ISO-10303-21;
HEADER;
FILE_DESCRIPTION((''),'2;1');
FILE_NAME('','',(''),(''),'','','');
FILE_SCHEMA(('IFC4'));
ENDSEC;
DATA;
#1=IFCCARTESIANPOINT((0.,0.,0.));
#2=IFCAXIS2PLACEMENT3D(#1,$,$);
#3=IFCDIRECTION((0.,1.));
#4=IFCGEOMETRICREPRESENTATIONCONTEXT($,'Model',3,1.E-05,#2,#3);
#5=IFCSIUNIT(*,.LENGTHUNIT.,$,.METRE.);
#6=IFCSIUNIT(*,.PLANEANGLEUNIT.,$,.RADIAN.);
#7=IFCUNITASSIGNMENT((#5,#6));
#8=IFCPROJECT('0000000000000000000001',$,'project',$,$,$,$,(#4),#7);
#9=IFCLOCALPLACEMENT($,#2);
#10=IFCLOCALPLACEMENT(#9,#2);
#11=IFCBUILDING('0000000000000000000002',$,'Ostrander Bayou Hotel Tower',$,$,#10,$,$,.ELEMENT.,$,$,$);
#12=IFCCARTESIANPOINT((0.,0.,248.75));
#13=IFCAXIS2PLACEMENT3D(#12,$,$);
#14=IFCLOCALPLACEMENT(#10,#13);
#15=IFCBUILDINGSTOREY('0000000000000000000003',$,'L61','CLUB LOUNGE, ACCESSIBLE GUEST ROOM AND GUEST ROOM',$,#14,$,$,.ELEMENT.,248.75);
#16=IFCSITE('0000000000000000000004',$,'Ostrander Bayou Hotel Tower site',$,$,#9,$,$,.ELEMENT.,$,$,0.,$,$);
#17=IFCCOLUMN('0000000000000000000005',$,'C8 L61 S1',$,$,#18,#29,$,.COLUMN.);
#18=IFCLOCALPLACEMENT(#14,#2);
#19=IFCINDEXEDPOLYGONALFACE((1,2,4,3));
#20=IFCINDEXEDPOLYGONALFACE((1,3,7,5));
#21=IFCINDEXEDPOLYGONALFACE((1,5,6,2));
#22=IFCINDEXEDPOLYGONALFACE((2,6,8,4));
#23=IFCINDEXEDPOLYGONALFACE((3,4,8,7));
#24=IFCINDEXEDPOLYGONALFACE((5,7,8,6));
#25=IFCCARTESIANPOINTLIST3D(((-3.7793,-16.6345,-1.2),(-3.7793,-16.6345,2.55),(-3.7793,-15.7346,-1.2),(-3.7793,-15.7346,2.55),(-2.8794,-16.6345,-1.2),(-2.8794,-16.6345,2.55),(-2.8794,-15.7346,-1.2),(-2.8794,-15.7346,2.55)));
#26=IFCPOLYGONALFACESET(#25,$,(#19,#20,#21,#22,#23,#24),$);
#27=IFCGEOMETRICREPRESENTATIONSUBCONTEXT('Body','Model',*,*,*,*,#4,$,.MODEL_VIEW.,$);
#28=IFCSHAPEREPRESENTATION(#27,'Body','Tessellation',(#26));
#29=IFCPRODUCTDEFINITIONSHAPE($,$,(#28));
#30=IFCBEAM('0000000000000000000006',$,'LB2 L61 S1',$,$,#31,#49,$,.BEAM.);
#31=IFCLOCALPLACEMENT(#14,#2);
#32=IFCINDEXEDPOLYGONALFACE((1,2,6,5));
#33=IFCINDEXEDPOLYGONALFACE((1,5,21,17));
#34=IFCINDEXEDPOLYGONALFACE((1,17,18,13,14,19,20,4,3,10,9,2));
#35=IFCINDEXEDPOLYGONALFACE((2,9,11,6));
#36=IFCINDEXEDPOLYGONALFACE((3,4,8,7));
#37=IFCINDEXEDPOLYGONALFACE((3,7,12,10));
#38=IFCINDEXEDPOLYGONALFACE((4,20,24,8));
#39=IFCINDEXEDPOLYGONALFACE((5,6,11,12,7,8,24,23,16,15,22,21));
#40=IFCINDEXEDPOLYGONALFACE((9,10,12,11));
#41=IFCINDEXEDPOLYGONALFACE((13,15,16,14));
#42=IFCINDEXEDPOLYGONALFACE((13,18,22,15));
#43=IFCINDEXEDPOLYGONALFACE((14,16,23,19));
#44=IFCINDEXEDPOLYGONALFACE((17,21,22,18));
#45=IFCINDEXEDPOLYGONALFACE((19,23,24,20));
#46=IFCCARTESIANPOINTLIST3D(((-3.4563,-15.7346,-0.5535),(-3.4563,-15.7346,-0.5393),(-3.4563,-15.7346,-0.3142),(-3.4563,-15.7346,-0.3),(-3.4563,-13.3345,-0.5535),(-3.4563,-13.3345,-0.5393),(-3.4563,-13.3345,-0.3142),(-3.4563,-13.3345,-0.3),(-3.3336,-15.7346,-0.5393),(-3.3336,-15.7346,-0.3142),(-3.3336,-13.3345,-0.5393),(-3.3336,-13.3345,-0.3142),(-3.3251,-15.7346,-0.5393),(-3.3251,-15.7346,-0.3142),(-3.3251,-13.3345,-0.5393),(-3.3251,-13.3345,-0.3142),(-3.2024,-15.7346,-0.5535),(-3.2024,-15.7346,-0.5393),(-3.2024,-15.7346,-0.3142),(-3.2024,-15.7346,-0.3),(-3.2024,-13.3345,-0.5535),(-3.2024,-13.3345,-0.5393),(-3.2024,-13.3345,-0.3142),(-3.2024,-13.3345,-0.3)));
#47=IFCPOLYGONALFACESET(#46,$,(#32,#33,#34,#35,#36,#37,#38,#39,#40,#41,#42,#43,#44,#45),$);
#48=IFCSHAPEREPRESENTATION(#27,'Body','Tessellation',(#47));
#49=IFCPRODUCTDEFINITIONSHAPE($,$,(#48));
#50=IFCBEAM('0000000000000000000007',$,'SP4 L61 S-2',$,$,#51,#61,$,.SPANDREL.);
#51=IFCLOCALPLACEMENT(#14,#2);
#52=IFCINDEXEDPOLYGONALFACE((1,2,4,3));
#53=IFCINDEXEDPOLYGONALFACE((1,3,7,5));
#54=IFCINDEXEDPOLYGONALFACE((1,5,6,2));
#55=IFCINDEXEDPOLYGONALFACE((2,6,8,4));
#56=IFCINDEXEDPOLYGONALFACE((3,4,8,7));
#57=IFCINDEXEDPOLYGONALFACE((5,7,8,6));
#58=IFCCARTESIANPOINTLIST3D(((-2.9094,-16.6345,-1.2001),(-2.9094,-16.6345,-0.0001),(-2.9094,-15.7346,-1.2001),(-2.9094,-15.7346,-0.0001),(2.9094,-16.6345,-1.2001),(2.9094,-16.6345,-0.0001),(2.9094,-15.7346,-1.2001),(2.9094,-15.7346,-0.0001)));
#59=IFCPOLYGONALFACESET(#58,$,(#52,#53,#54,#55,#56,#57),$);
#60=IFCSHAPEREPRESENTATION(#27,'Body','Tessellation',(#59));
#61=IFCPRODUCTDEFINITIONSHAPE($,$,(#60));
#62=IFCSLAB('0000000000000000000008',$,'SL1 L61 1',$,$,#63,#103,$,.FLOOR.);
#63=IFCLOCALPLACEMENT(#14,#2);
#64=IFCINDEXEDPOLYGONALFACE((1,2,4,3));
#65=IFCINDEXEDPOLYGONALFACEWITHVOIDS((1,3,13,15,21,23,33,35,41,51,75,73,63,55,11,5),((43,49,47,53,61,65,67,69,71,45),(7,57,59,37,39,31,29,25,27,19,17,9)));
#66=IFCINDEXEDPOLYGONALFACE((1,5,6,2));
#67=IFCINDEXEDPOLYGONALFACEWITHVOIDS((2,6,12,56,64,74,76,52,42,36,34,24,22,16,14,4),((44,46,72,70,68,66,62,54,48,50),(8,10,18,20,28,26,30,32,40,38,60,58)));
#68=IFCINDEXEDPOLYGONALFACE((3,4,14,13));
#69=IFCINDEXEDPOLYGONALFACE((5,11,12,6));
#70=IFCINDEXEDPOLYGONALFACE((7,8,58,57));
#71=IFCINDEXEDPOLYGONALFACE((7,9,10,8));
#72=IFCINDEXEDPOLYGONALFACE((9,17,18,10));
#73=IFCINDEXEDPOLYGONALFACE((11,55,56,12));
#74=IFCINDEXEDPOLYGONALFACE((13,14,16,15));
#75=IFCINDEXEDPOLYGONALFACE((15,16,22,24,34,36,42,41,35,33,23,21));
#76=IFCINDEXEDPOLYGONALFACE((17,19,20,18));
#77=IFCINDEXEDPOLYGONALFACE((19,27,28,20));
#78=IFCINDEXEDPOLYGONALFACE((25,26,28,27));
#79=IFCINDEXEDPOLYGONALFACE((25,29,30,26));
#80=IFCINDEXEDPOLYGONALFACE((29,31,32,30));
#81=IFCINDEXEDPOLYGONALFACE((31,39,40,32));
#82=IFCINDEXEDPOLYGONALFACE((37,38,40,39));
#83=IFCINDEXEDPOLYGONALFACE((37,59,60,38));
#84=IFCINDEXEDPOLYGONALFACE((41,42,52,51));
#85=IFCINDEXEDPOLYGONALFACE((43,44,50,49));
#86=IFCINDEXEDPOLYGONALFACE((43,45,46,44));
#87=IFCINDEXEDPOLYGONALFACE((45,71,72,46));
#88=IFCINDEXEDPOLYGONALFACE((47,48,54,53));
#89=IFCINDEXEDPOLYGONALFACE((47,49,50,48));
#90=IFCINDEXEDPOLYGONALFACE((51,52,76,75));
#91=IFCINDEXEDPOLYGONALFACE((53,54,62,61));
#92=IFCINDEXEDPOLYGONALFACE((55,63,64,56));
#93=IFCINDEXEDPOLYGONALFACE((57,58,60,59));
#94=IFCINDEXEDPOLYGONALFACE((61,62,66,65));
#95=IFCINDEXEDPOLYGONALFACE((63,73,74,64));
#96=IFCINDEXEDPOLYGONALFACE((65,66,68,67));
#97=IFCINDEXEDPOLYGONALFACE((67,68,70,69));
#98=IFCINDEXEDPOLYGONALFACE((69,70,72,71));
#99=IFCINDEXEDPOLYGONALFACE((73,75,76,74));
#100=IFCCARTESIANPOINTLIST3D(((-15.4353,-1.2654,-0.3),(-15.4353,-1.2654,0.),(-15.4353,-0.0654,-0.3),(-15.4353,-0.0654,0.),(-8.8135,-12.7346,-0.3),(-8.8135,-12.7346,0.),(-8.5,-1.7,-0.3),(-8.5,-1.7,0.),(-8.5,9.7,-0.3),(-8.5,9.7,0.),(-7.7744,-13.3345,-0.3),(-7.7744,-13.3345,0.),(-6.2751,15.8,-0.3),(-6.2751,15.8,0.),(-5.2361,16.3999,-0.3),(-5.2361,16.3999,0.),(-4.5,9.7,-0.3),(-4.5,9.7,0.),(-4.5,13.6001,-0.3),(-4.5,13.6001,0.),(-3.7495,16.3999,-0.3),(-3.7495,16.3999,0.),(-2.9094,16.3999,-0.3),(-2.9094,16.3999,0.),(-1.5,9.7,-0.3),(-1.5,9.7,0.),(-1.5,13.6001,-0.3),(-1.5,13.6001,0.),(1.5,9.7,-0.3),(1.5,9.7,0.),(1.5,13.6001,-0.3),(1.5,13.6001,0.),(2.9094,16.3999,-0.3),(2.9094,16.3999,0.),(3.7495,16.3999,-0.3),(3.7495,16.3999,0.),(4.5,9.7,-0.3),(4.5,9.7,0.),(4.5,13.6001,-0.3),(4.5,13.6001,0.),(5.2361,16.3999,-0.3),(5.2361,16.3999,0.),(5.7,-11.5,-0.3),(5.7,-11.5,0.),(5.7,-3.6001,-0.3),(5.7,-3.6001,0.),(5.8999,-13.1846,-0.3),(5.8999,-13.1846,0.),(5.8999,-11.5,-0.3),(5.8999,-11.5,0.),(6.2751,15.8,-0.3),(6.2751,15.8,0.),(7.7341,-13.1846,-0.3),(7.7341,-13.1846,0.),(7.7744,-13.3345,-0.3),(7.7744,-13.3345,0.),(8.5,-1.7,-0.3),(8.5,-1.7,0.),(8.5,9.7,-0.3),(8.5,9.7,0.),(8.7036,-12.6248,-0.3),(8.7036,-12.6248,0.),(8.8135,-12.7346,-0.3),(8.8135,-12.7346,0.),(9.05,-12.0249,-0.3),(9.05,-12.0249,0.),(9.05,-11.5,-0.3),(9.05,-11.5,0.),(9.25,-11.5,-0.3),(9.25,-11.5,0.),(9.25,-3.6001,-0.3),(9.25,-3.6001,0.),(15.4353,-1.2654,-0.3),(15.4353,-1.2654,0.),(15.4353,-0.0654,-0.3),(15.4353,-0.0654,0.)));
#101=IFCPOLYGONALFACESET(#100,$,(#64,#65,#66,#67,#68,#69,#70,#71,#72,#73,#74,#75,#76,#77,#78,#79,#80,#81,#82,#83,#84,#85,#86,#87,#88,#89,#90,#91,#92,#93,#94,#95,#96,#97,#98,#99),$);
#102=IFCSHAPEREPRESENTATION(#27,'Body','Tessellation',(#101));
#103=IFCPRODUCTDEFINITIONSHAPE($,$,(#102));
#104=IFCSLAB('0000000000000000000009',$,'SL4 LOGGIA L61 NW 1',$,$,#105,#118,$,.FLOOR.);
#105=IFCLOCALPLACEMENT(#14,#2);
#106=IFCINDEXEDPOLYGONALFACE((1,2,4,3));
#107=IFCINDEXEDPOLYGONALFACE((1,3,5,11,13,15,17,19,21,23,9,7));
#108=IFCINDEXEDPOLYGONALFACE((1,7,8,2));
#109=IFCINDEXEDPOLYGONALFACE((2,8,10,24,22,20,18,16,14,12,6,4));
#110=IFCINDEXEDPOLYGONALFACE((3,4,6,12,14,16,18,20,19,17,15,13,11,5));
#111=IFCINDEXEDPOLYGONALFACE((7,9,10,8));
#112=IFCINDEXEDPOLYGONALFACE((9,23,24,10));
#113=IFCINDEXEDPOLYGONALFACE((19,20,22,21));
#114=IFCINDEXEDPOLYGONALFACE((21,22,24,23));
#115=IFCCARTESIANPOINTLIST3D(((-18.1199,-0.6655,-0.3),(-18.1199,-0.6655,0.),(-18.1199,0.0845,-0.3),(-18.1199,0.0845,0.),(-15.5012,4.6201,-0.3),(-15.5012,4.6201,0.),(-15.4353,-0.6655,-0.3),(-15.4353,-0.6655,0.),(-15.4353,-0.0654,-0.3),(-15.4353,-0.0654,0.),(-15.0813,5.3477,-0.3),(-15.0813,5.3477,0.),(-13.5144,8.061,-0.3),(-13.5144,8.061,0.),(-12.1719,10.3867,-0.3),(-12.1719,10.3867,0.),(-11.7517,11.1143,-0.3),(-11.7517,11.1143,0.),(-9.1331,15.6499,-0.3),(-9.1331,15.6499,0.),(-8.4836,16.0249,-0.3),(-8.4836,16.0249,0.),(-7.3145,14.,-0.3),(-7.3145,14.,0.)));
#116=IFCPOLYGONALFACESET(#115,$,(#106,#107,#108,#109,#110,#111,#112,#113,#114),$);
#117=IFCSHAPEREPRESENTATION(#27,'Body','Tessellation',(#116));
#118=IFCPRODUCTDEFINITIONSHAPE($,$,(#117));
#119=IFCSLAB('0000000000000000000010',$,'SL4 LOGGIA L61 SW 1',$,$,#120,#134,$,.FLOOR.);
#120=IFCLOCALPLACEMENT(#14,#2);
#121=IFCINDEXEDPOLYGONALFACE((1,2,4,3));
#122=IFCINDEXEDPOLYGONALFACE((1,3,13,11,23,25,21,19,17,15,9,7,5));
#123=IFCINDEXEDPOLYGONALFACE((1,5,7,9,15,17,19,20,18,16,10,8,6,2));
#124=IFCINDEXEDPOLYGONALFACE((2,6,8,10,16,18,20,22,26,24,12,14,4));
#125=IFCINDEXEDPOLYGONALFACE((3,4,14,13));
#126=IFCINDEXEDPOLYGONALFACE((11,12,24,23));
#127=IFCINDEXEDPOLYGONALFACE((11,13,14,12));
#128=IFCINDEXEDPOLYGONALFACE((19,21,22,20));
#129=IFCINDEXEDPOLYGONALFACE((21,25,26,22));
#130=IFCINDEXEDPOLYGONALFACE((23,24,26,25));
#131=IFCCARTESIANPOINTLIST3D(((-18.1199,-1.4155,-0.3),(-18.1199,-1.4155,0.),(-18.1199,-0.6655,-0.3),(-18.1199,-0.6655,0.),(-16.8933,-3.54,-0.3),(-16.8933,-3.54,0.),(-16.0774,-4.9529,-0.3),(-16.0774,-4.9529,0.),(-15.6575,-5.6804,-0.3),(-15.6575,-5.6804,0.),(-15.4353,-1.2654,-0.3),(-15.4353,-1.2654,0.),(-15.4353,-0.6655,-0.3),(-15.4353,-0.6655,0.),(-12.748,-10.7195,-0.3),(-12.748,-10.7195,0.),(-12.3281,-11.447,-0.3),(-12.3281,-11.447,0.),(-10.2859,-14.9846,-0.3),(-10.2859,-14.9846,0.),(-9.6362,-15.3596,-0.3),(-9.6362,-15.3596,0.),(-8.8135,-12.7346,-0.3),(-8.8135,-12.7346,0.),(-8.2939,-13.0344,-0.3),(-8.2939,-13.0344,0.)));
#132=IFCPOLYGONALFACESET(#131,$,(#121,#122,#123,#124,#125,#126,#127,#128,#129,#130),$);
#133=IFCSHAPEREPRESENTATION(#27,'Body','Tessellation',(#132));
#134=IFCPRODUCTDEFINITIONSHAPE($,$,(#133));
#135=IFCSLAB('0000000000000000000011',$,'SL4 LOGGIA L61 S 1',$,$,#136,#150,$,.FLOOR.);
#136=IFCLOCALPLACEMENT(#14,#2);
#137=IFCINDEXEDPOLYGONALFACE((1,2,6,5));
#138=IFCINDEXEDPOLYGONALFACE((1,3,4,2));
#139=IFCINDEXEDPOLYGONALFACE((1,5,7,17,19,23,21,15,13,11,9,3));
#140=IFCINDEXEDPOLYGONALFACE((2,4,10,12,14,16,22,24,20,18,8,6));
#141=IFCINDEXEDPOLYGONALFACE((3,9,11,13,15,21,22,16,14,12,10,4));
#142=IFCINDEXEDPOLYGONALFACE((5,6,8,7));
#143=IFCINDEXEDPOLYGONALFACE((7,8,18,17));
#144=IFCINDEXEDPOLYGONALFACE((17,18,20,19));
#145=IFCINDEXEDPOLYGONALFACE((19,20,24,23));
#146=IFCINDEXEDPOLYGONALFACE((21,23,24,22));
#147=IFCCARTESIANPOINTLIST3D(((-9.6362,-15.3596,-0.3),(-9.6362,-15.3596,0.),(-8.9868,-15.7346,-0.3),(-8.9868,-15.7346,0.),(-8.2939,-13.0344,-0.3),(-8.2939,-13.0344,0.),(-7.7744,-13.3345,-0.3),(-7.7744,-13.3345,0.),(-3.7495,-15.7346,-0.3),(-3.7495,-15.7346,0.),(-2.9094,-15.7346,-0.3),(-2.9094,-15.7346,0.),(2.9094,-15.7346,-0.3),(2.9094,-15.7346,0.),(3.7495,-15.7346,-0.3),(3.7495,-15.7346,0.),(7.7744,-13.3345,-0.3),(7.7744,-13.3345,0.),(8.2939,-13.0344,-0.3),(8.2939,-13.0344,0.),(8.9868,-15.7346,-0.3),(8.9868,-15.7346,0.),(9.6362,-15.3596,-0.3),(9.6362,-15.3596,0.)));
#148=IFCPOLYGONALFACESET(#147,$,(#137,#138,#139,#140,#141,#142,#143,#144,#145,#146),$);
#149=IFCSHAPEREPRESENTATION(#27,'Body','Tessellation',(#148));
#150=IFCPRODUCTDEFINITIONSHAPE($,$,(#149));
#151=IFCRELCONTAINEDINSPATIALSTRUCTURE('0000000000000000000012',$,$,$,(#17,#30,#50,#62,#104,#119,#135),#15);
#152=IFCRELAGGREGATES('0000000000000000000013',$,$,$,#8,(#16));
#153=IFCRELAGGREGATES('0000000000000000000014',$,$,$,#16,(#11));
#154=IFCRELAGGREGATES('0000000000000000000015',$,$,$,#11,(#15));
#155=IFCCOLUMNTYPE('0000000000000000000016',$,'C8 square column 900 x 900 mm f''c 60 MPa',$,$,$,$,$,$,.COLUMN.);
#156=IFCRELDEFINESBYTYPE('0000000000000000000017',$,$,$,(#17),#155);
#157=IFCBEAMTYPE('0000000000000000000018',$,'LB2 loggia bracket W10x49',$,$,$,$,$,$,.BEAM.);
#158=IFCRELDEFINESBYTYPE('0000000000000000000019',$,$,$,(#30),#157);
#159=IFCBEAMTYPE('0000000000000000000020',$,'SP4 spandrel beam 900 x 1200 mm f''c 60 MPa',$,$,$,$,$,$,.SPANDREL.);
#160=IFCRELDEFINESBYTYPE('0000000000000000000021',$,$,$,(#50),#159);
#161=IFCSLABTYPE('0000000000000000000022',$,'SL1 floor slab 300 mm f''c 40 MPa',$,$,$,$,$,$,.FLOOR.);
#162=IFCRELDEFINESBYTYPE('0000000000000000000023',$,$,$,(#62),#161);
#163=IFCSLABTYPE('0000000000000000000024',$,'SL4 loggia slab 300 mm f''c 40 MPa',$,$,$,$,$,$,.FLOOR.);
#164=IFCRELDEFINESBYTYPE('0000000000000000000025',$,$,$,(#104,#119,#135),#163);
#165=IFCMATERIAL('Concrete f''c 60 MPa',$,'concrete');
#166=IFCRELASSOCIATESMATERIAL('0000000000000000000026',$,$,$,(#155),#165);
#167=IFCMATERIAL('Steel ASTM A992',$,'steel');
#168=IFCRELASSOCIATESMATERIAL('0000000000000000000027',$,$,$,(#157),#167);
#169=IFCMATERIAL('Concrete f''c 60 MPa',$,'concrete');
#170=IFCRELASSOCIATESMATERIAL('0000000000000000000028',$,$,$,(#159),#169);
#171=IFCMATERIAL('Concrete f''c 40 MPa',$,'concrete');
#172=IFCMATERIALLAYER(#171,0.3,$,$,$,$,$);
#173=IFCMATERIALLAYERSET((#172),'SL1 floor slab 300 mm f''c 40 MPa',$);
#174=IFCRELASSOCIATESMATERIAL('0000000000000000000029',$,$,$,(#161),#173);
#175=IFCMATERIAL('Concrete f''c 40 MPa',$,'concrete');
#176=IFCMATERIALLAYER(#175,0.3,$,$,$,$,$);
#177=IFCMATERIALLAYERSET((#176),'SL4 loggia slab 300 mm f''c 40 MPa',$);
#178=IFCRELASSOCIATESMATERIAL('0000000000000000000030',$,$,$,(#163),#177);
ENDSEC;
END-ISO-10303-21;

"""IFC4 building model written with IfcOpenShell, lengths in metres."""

from ifc_helpers import new_model, si_unit, direction, frame, origin, origin_2d, place, context, subcontext, project, spatial, polyline, rectangle, i_section, outline, extrude, material, layer, layer_set, material_profile, profile_set, type_object, element, save


model = new_model("IFC4")

# Units and contexts
model_context = context("Model", 3, precision=1e-05, world=origin(), true_north=direction((0.0, 1.0)))
body_context = subcontext(model_context, "Body", "Model", "MODEL_VIEW")
ifc_project = project(units=[si_unit("LENGTHUNIT", "METRE"), si_unit("PLANEANGLEUNIT", "RADIAN")], contexts=[model_context])

# Site, building, storey
site_placement = place(None, origin())
site = spatial("IfcSite", under=ifc_project, at=site_placement, Name="Ostrander Bayou Hotel Tower site", CompositionType="ELEMENT", RefElevation=0.0)
building_placement = place(site_placement, origin())
building = spatial("IfcBuilding", under=site, at=building_placement, Name="Ostrander Bayou Hotel Tower", CompositionType="ELEMENT")
storey_placement = place(building_placement, frame((0.0, 0.0, 248.75)))
storey = spatial("IfcBuildingStorey", under=building, at=storey_placement, Name="L61", Description="CLUB LOUNGE, ACCESSIBLE GUEST ROOM AND GUEST ROOM", CompositionType="ELEMENT", Elevation=248.75)

# Column
ifc_material_1 = material(Name="Concrete f'c 60 MPa", Category="concrete")
ifc_material_profile_1 = material_profile(ifc_material_1, rectangle(XDim=0.8999, YDim=0.8999, at=origin_2d()))
ifc_profile_set_1 = profile_set([ifc_material_profile_1], Name="Concrete f'c 60 MPa")
column_type = type_object("IfcColumnType", Name="C8 square column 900 x 900 mm f'c 60 MPa", PredefinedType="COLUMN", material=ifc_profile_set_1)
column_placement = place(storey_placement, frame((-3.3293, -16.1846, -1.2), z_axis=(0.0, 0.0, 1.0), x_axis=(-1.0, 0.0, 0.0)))
element("IfcColumn", 1, at=column_placement, inside=storey, type_object=column_type, Name="C8 L61 S1", PredefinedType="COLUMN", context=body_context, shape_type="SweptSolid", body=[
    extrude(rectangle(XDim=0.8999, YDim=0.8999, at=origin_2d()), origin(), (0.0, 0.0, 1.0), 3.75),
])

# Beams
ifc_material_2 = material(Name="Steel ASTM A992", Category="steel")
ifc_material_profile_2 = material_profile(ifc_material_2, i_section(OverallWidth=0.2539, OverallDepth=0.2534, WebThickness=0.0085, FlangeThickness=0.0142, at=origin_2d()))
ifc_profile_set_2 = profile_set([ifc_material_profile_2], Name="Steel ASTM A992")
beam_type_1 = type_object("IfcBeamType", Name="LB2 loggia bracket W10x49", PredefinedType="BEAM", material=ifc_profile_set_2)
beam_1_placement = place(storey_placement, frame((-3.3293, -15.7346, -0.4268), z_axis=(0.0, 1.0, 0.0), x_axis=(-1.0, 0.0, 0.0)))
element("IfcBeam", 2, at=beam_1_placement, inside=storey, type_object=beam_type_1, Name="LB2 L61 S1", PredefinedType="BEAM", context=body_context, shape_type="SweptSolid", body=[
    extrude(i_section(OverallWidth=0.2539, OverallDepth=0.2534, WebThickness=0.0085, FlangeThickness=0.0142, at=origin_2d()), origin(), (0.0, 0.0, 1.0), 2.4001),
])
ifc_material_3 = material(Name="Concrete f'c 60 MPa", Category="concrete")
ifc_material_profile_3 = material_profile(ifc_material_3, rectangle(XDim=0.8999, YDim=1.2, at=origin_2d()))
ifc_profile_set_3 = profile_set([ifc_material_profile_3], Name="Concrete f'c 60 MPa")
beam_type_2 = type_object("IfcBeamType", Name="SP4 spandrel beam 900 x 1200 mm f'c 60 MPa", PredefinedType="SPANDREL", material=ifc_profile_set_3)
beam_2_placement = place(storey_placement, frame((-2.9094, -16.1846, -0.6001), z_axis=(1.0, 0.0, 0.0), x_axis=(0.0, 1.0, 0.0)))
element("IfcBeam", 3, at=beam_2_placement, inside=storey, type_object=beam_type_2, Name="SP4 L61 S-2", PredefinedType="SPANDREL", context=body_context, shape_type="SweptSolid", body=[
    extrude(rectangle(XDim=0.8999, YDim=1.2, at=origin_2d()), origin(), (0.0, 0.0, 1.0), 5.8188),
])

# Slabs
ifc_material_4 = material(Name="Concrete f'c 40 MPa", Category="concrete")
ifc_layer_1 = layer(ifc_material_4, 0.3)
ifc_layer_set_1 = layer_set([ifc_layer_1], Name="SL1 floor slab 300 mm f'c 40 MPa")
slab_type_1 = type_object("IfcSlabType", Name="SL1 floor slab 300 mm f'c 40 MPa", PredefinedType="FLOOR", material=ifc_layer_set_1)
slab_1_placement = place(storey_placement, frame((0.0, 0.0, -0.3)))
element("IfcSlab", 4, at=slab_1_placement, inside=storey, type_object=slab_type_1, Name="SL1 L61 1", PredefinedType="FLOOR", context=body_context, shape_type="SweptSolid", body=[
    extrude(outline(polyline([(-2.9094, 16.3999), (2.9094, 16.3999), (3.7495, 16.3999), (5.2361, 16.3999), (6.2751, 15.8), (15.4353, -0.0654), (15.4353, -1.2654), (8.8135, -12.7346), (7.7744, -13.3345), (-7.7744, -13.3345), (-8.8135, -12.7346), (-15.4353, -1.2654), (-15.4353, -0.0654), (-6.2751, 15.8), (-5.2361, 16.3999), (-3.7495, 16.3999), (-2.9094, 16.3999)]), holes=[polyline([(9.05, -12.0249), (9.05, -11.5), (9.25, -11.5), (9.25, -3.6001), (5.7, -3.6001), (5.7, -11.5), (5.8999, -11.5), (5.8999, -13.1846), (7.7341, -13.1846), (8.7036, -12.6248), (9.05, -12.0249)]), polyline([(-8.5, -1.7), (8.5, -1.7), (8.5, 9.7), (4.5, 9.7), (4.5, 13.6001), (1.5, 13.6001), (1.5, 9.7), (-1.5, 9.7), (-1.5, 13.6001), (-4.5, 13.6001), (-4.5, 9.7), (-8.5, 9.7), (-8.5, -1.7)])]), origin(), (0.0, 0.0, 1.0), 0.3),
])
ifc_material_5 = material(Name="Concrete f'c 40 MPa", Category="concrete")
ifc_layer_2 = layer(ifc_material_5, 0.3)
ifc_layer_set_2 = layer_set([ifc_layer_2], Name="SL4 loggia slab 300 mm f'c 40 MPa")
slab_type_2 = type_object("IfcSlabType", Name="SL4 loggia slab 300 mm f'c 40 MPa", PredefinedType="FLOOR", material=ifc_layer_set_2)
slab_2_placement = place(storey_placement, frame((0.0, 0.0, -0.3)))
element("IfcSlab", 5, at=slab_2_placement, inside=storey, type_object=slab_type_2, Name="SL4 LOGGIA L61 NW 1", PredefinedType="FLOOR", context=body_context, shape_type="SweptSolid", body=[
    extrude(outline(polyline([(-18.1199, -0.6655), (-18.1199, 0.0845), (-15.5012, 4.6201), (-15.0813, 5.3477), (-13.5144, 8.061), (-12.1719, 10.3867), (-11.7517, 11.1143), (-9.1331, 15.6499), (-8.4836, 16.0249), (-7.3145, 14.0), (-15.4353, -0.0654), (-15.4353, -0.6655), (-18.1199, -0.6655)])), origin(), (0.0, 0.0, 1.0), 0.3),
])
slab_3_placement = place(storey_placement, frame((0.0, 0.0, -0.3)))
element("IfcSlab", 6, at=slab_3_placement, inside=storey, type_object=slab_type_2, Name="SL4 LOGGIA L61 SW 1", PredefinedType="FLOOR", context=body_context, shape_type="SweptSolid", body=[
    extrude(outline(polyline([(-8.2939, -13.0344), (-9.6362, -15.3596), (-10.2859, -14.9846), (-12.3281, -11.447), (-12.748, -10.7195), (-15.6575, -5.6804), (-16.0774, -4.9529), (-16.8933, -3.54), (-18.1199, -1.4155), (-18.1199, -0.6655), (-15.4353, -0.6655), (-15.4353, -1.2654), (-8.8135, -12.7346), (-8.2939, -13.0344)])), origin(), (0.0, 0.0, 1.0), 0.3),
])
slab_4_placement = place(storey_placement, frame((0.0, 0.0, -0.3)))
element("IfcSlab", 7, at=slab_4_placement, inside=storey, type_object=slab_type_2, Name="SL4 LOGGIA L61 S 1", PredefinedType="FLOOR", context=body_context, shape_type="SweptSolid", body=[
    extrude(outline(polyline([(8.2939, -13.0344), (9.6362, -15.3596), (8.9868, -15.7346), (3.7495, -15.7346), (2.9094, -15.7346), (-2.9094, -15.7346), (-3.7495, -15.7346), (-8.9868, -15.7346), (-9.6362, -15.3596), (-8.2939, -13.0344), (-7.7744, -13.3345), (7.7744, -13.3345), (8.2939, -13.0344)])), origin(), (0.0, 0.0, 1.0), 0.3),
])

save(model, "model.ifc")
